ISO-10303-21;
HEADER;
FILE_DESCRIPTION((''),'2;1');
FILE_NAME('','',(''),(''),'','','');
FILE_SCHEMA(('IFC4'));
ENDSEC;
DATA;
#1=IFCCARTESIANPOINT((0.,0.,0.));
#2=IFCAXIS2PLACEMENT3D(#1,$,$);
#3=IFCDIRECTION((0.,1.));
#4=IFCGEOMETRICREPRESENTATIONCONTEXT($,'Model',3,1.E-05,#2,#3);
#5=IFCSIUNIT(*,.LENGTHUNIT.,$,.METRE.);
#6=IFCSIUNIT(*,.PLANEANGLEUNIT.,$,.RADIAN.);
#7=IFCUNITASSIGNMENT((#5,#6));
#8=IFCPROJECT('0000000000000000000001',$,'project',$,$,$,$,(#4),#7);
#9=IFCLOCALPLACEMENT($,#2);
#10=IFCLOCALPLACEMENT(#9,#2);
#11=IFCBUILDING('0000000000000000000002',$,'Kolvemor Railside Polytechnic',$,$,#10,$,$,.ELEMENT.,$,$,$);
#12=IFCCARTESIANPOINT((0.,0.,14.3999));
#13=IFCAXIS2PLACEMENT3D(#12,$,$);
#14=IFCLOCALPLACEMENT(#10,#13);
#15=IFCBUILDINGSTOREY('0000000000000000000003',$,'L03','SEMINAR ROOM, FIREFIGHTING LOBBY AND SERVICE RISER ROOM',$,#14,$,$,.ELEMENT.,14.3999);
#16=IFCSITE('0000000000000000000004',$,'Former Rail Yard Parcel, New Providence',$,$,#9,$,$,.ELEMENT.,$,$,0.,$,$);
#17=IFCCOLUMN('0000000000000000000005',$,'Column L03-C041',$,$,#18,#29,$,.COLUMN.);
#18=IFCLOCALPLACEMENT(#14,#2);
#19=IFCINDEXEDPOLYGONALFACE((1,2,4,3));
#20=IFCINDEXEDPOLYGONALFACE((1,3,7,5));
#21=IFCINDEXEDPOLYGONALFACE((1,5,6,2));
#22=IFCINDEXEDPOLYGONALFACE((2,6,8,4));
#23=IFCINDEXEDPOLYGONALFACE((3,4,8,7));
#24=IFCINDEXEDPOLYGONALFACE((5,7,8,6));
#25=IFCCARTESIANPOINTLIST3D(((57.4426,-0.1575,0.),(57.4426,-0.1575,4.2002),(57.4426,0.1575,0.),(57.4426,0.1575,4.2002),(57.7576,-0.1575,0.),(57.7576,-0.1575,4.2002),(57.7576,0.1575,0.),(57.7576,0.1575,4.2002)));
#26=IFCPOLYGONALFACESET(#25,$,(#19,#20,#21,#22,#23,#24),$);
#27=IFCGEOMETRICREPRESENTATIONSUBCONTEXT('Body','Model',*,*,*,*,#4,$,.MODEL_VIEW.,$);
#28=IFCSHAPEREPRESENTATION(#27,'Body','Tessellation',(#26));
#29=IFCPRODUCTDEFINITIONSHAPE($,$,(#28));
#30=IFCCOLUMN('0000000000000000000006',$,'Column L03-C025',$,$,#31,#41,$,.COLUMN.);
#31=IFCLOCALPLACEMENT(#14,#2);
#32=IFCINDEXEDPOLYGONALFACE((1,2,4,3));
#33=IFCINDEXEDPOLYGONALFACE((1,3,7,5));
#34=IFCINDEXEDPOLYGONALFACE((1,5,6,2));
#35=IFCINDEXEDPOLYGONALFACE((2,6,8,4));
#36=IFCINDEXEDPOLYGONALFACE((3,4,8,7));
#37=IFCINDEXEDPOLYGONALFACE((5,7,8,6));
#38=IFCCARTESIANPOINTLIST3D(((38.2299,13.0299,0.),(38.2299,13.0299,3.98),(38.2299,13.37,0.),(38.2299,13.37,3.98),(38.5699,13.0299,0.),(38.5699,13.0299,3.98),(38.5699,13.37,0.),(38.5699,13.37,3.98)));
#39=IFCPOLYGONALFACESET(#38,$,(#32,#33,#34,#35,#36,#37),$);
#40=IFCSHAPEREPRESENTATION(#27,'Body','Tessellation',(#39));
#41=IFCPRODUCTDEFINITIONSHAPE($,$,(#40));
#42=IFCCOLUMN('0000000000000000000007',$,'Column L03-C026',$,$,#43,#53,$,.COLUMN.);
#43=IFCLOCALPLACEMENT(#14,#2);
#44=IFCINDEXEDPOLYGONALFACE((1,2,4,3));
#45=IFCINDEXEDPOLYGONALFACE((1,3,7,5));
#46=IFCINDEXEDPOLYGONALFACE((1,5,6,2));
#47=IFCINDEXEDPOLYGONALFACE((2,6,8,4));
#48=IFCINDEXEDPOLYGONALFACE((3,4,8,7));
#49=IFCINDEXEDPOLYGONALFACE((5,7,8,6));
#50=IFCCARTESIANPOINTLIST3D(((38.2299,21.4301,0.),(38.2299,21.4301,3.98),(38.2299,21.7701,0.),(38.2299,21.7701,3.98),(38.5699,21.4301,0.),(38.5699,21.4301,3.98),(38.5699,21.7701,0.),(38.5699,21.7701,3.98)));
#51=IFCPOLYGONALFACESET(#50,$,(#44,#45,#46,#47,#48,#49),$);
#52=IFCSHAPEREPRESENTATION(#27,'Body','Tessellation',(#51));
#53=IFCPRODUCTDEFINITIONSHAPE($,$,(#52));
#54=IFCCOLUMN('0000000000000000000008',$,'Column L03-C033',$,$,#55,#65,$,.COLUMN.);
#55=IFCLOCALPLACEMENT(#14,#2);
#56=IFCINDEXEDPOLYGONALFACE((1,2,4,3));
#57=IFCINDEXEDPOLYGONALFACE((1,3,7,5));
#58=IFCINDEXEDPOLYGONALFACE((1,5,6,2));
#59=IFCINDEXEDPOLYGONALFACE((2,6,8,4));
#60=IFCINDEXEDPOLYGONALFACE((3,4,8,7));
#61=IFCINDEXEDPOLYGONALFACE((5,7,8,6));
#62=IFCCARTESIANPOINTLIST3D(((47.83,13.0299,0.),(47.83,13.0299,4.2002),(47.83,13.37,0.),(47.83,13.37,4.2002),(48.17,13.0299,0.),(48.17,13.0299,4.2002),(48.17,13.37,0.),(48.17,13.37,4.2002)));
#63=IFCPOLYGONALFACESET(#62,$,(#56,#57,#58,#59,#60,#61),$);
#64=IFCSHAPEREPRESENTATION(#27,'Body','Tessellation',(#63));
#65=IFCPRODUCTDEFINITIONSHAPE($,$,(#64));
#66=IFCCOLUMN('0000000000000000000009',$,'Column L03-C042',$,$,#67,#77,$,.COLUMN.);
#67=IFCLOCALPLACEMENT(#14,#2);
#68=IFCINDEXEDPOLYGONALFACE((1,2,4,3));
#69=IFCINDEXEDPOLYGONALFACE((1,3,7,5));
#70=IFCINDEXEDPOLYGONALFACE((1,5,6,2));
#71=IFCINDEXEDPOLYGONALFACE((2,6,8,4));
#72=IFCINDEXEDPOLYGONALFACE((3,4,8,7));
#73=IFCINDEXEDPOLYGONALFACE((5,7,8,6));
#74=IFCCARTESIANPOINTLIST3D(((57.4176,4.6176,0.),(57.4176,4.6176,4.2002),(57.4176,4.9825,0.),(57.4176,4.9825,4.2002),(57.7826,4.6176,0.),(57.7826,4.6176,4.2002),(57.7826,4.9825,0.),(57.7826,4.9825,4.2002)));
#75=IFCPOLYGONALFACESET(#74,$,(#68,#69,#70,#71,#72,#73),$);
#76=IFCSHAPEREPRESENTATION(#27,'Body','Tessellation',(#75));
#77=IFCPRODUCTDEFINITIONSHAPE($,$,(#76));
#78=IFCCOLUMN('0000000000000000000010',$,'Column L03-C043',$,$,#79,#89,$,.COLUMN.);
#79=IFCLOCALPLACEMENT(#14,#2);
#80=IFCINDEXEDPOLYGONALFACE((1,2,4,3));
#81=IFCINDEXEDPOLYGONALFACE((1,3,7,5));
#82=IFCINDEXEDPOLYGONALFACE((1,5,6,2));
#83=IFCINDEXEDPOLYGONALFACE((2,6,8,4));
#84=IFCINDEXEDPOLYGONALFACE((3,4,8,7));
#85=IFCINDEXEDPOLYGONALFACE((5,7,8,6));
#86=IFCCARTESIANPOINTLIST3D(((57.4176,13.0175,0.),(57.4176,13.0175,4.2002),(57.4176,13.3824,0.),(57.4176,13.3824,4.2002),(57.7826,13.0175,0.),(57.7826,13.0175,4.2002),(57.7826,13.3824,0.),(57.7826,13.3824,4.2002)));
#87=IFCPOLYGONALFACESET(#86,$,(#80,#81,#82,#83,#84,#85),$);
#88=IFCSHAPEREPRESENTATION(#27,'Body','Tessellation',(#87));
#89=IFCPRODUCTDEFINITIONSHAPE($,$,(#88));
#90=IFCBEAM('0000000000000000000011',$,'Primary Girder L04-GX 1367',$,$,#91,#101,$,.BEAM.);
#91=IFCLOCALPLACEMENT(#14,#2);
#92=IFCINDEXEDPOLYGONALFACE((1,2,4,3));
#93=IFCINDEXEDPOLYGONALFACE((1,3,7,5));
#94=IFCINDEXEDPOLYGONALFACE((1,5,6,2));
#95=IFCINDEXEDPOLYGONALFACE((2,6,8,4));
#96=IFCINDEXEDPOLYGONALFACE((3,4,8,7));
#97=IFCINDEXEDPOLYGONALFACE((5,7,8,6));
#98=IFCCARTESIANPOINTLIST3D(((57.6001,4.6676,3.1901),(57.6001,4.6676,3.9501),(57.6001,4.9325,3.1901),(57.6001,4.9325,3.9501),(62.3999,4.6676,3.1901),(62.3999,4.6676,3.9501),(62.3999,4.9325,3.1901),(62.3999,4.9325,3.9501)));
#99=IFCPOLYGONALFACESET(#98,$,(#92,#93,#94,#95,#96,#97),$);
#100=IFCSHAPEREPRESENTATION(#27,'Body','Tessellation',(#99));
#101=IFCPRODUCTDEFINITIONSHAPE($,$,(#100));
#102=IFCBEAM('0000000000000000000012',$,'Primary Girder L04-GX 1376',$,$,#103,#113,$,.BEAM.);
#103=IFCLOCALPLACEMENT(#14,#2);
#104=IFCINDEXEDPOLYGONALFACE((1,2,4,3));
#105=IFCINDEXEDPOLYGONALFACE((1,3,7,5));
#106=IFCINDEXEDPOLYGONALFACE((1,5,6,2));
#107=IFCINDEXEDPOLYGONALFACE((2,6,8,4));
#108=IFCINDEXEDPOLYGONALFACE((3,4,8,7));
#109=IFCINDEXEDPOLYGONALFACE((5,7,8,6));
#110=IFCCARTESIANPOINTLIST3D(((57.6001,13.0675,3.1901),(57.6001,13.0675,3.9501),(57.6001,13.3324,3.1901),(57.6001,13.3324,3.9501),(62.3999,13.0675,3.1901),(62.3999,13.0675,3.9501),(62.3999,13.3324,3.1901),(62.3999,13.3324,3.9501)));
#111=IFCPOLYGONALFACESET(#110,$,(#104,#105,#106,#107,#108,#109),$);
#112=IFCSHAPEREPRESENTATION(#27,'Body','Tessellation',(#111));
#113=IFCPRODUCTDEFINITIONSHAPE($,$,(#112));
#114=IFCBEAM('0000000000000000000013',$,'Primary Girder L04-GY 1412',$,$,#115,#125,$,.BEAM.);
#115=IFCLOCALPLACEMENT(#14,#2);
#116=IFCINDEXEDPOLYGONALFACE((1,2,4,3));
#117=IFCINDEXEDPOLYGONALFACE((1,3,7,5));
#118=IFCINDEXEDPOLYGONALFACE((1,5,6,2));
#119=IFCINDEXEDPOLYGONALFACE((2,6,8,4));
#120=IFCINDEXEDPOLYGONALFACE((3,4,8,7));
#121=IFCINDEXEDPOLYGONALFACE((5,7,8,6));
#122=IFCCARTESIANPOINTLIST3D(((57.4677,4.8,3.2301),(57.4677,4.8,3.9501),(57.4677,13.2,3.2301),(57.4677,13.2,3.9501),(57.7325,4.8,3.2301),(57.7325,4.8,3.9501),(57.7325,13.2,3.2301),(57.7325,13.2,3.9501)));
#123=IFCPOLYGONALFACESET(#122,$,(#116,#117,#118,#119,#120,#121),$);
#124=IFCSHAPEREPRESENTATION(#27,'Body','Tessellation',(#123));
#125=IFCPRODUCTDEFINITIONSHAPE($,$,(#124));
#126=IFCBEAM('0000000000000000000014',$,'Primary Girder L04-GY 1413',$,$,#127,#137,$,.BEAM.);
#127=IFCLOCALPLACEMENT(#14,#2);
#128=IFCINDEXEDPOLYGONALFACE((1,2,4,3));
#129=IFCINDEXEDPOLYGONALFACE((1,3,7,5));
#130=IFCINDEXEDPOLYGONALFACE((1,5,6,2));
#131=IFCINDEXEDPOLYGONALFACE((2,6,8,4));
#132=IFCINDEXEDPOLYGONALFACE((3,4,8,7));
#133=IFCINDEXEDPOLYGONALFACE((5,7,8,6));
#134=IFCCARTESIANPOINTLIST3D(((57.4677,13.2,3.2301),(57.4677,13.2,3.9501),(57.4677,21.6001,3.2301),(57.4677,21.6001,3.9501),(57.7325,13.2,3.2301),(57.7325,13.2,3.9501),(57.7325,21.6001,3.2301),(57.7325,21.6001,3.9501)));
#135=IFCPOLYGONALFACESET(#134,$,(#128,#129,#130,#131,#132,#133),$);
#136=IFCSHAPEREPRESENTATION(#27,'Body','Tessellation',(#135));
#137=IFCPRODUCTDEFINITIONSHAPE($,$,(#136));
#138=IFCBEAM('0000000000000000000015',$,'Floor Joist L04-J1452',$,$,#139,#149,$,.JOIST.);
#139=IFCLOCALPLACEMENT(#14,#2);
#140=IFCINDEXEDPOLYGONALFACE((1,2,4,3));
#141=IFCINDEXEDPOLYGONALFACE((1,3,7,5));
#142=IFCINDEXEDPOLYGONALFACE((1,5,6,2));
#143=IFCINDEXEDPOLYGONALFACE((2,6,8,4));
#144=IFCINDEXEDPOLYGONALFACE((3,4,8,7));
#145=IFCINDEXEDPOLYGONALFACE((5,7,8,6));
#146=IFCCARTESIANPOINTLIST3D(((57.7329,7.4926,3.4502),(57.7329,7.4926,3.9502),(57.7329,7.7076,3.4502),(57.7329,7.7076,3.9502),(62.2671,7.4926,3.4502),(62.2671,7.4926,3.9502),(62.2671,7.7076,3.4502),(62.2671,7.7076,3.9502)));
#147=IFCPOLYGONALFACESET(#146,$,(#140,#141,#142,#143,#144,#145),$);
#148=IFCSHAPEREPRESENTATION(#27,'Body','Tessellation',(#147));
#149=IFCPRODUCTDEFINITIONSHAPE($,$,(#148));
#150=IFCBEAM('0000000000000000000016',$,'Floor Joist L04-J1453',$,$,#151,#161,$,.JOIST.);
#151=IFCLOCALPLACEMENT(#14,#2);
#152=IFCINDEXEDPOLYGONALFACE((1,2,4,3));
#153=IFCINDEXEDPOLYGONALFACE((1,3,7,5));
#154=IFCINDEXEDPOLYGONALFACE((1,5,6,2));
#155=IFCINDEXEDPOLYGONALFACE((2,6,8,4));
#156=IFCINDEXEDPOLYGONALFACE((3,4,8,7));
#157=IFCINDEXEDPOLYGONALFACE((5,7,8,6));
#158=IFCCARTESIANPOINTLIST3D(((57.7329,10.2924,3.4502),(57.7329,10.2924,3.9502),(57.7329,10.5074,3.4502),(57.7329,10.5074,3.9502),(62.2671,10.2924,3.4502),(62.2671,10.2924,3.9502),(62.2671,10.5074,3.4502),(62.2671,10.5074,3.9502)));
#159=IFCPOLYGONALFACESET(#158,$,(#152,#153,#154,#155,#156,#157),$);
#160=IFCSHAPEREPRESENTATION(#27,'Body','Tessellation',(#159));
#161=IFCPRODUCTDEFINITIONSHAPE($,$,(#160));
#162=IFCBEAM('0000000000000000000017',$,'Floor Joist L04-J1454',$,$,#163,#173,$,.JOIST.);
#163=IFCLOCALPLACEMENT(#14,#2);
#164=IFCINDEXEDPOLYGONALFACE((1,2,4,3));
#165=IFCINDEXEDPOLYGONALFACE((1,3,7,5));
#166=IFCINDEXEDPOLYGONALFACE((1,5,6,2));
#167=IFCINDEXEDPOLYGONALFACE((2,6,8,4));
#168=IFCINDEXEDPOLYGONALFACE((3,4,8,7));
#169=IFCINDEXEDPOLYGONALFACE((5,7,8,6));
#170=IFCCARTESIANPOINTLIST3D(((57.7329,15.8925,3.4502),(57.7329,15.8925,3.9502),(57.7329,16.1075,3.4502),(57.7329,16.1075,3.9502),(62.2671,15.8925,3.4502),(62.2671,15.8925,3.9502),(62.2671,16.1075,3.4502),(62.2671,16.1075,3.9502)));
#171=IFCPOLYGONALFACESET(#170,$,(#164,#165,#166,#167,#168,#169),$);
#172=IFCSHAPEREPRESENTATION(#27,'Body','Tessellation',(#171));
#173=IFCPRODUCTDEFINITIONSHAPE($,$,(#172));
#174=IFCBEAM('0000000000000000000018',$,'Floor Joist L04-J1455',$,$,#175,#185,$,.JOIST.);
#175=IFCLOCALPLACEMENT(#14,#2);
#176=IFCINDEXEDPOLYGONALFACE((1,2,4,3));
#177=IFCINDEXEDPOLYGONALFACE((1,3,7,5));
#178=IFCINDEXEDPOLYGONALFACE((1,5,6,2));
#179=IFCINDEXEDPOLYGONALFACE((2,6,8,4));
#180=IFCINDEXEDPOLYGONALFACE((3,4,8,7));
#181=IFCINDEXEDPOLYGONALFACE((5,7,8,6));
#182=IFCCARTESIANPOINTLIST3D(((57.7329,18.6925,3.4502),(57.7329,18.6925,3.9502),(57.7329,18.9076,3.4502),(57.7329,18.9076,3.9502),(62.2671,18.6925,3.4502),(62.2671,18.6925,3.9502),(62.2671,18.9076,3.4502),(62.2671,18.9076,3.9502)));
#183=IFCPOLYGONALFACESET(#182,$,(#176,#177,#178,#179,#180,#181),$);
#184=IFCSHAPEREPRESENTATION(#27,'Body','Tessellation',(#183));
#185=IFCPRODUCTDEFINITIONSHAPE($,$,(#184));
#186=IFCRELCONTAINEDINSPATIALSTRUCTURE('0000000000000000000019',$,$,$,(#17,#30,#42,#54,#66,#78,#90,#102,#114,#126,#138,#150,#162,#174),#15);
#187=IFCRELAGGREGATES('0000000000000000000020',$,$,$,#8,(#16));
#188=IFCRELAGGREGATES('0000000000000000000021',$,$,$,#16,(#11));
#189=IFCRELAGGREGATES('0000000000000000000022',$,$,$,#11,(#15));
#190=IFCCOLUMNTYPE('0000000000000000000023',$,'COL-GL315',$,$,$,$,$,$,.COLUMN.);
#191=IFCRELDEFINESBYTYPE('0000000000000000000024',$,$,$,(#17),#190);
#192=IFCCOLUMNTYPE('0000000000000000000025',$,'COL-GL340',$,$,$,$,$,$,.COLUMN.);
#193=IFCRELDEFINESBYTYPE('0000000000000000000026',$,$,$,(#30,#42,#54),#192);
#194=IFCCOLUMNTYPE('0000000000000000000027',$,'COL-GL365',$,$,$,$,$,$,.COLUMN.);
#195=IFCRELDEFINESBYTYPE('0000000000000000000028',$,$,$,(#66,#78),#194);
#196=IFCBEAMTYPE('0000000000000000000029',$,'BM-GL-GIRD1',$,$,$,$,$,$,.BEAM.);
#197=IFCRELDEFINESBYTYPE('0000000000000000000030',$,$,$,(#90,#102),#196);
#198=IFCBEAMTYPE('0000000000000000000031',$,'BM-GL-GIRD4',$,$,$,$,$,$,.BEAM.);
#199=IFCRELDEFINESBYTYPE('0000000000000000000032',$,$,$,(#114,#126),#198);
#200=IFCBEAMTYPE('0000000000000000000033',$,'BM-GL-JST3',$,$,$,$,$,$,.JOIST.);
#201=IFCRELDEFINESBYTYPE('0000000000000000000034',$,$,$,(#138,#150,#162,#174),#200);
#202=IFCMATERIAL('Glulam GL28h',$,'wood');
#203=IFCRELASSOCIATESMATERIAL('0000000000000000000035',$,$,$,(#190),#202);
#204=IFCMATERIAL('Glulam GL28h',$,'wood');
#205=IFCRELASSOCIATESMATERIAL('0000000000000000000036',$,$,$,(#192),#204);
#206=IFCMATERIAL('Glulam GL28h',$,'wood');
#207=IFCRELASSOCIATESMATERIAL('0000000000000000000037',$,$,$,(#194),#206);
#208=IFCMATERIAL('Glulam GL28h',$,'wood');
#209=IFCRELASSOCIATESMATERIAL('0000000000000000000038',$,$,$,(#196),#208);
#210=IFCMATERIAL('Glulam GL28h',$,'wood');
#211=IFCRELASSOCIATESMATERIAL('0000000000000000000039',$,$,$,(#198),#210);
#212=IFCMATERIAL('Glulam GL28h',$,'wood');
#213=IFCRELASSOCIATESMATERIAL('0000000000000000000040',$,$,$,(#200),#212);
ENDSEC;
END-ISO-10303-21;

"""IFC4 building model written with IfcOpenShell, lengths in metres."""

from ifc_helpers import new_model, si_unit, direction, frame, origin, origin_2d, place, context, subcontext, project, spatial, rectangle, extrude, material, material_profile, profile_set, type_object, element, save


model = new_model("IFC4")

# Units and contexts
model_context = context("Model", 3, precision=1e-05, world=origin(), true_north=direction((0.0, 1.0)))
body_context = subcontext(model_context, "Body", "Model", "MODEL_VIEW")
ifc_project = project(units=[si_unit("LENGTHUNIT", "METRE"), si_unit("PLANEANGLEUNIT", "RADIAN")], contexts=[model_context])

# Site, building, storey
site_placement = place(None, origin())
site = spatial("IfcSite", under=ifc_project, at=site_placement, Name="Former Rail Yard Parcel, New Providence", CompositionType="ELEMENT", RefElevation=0.0)
building_placement = place(site_placement, origin())
building = spatial("IfcBuilding", under=site, at=building_placement, Name="Kolvemor Railside Polytechnic", CompositionType="ELEMENT")
storey_placement = place(building_placement, frame((0.0, 0.0, 14.3999)))
storey = spatial("IfcBuildingStorey", under=building, at=storey_placement, Name="L03", Description="SEMINAR ROOM, FIREFIGHTING LOBBY AND SERVICE RISER ROOM", CompositionType="ELEMENT", Elevation=14.3999)

# Columns
ifc_material_1 = material(Name="Glulam GL28h", Category="wood")
ifc_material_profile_1 = material_profile(ifc_material_1, rectangle(XDim=0.3149, YDim=0.3149, at=origin_2d()), Name="GL315x315")
ifc_profile_set_1 = profile_set([ifc_material_profile_1], Name="Glulam GL28h")
column_type_1 = type_object("IfcColumnType", Name="COL-GL315", PredefinedType="COLUMN", material=ifc_profile_set_1)
column_1_placement = place(storey_placement, frame((57.6001, 0.0, 0.0), z_axis=(0.0, 0.0, 1.0), x_axis=(1.0, 0.0, 0.0)))
element("IfcColumn", 1, at=column_1_placement, inside=storey, type_object=column_type_1, Name="Column L03-C041", PredefinedType="COLUMN", context=body_context, shape_type="SweptSolid", body=[
    extrude(rectangle(XDim=0.3149, YDim=0.3149, at=origin_2d()), origin(), (0.0, 0.0, 1.0), 4.2002),
])
ifc_material_2 = material(Name="Glulam GL28h", Category="wood")
ifc_material_profile_2 = material_profile(ifc_material_2, rectangle(XDim=0.3401, YDim=0.3401, at=origin_2d()), Name="GL340x340")
ifc_profile_set_2 = profile_set([ifc_material_profile_2], Name="Glulam GL28h")
column_type_2 = type_object("IfcColumnType", Name="COL-GL340", PredefinedType="COLUMN", material=ifc_profile_set_2)
for number, where, z_axis, x_axis, name in (
    (2, (38.3999, 13.2, 0.0), (0.0, 0.0, 1.0), (1.0, 0.0, 0.0), "Column L03-C025"),
    (3, (38.3999, 21.6001, 0.0), (0.0, 0.0, 1.0), (1.0, 0.0, 0.0), "Column L03-C026"),
):
    element("IfcColumn", number, at=place(storey_placement, frame(where, z_axis=z_axis, x_axis=x_axis)), inside=storey, type_object=column_type_2, Name=name, PredefinedType="COLUMN", context=body_context, shape_type="SweptSolid", body=[
        extrude(rectangle(XDim=0.3401, YDim=0.3401, at=origin_2d()), origin(), (0.0, 0.0, 1.0), 3.98),
    ])
column_2_placement = place(storey_placement, frame((48.0, 13.2, 0.0), z_axis=(0.0, 0.0, 1.0), x_axis=(1.0, 0.0, 0.0)))
element("IfcColumn", 4, at=column_2_placement, inside=storey, type_object=column_type_2, Name="Column L03-C033", PredefinedType="COLUMN", context=body_context, shape_type="SweptSolid", body=[
    extrude(rectangle(XDim=0.3401, YDim=0.3401, at=origin_2d()), origin(), (0.0, 0.0, 1.0), 4.2002),
])
ifc_material_3 = material(Name="Glulam GL28h", Category="wood")
ifc_material_profile_3 = material_profile(ifc_material_3, rectangle(XDim=0.365, YDim=0.365, at=origin_2d()), Name="GL365x365")
ifc_profile_set_3 = profile_set([ifc_material_profile_3], Name="Glulam GL28h")
column_type_3 = type_object("IfcColumnType", Name="COL-GL365", PredefinedType="COLUMN", material=ifc_profile_set_3)
for number, where, z_axis, x_axis, name in (
    (5, (57.6001, 4.8, 0.0), (0.0, 0.0, 1.0), (1.0, 0.0, 0.0), "Column L03-C042"),
    (6, (57.6001, 13.2, 0.0), (0.0, 0.0, 1.0), (1.0, 0.0, 0.0), "Column L03-C043"),
):
    element("IfcColumn", number, at=place(storey_placement, frame(where, z_axis=z_axis, x_axis=x_axis)), inside=storey, type_object=column_type_3, Name=name, PredefinedType="COLUMN", context=body_context, shape_type="SweptSolid", body=[
        extrude(rectangle(XDim=0.365, YDim=0.365, at=origin_2d()), origin(), (0.0, 0.0, 1.0), 4.2002),
    ])

# Beams
ifc_material_4 = material(Name="Glulam GL28h", Category="wood")
ifc_material_profile_4 = material_profile(ifc_material_4, rectangle(XDim=0.2649, YDim=0.76, at=origin_2d()), Name="GL265x760")
ifc_profile_set_4 = profile_set([ifc_material_profile_4], Name="Glulam GL28h")
beam_type_1 = type_object("IfcBeamType", Name="BM-GL-GIRD1", PredefinedType="BEAM", material=ifc_profile_set_4)
for number, where, z_axis, x_axis, name in (
    (7, (57.6001, 4.8, 3.5701), (1.0, 0.0, 0.0), (0.0, 1.0, 0.0), "Primary Girder L04-GX 1367"),
    (8, (57.6001, 13.2, 3.5701), (1.0, 0.0, 0.0), (0.0, 1.0, 0.0), "Primary Girder L04-GX 1376"),
):
    element("IfcBeam", number, at=place(storey_placement, frame(where, z_axis=z_axis, x_axis=x_axis)), inside=storey, type_object=beam_type_1, Name=name, PredefinedType="BEAM", context=body_context, shape_type="SweptSolid", body=[
        extrude(rectangle(XDim=0.2649, YDim=0.76, at=origin_2d()), origin(), (0.0, 0.0, 1.0), 4.7998),
    ])
ifc_material_5 = material(Name="Glulam GL28h", Category="wood")
ifc_material_profile_5 = material_profile(ifc_material_5, rectangle(XDim=0.2649, YDim=0.72, at=origin_2d()), Name="GL265x720")
ifc_profile_set_5 = profile_set([ifc_material_profile_5], Name="Glulam GL28h")
beam_type_2 = type_object("IfcBeamType", Name="BM-GL-GIRD4", PredefinedType="BEAM", material=ifc_profile_set_5)
beam_1_placement = place(storey_placement, frame((57.6001, 4.8, 3.5901), z_axis=(0.0, 1.0, 0.0), x_axis=(-1.0, 0.0, 0.0)))
element("IfcBeam", 9, at=beam_1_placement, inside=storey, type_object=beam_type_2, Name="Primary Girder L04-GY 1412", PredefinedType="BEAM", context=body_context, shape_type="SweptSolid", body=[
    extrude(rectangle(XDim=0.2649, YDim=0.72, at=origin_2d()), origin(), (0.0, 0.0, 1.0), 8.3999),
])
beam_2_placement = place(storey_placement, frame((57.6001, 13.2, 3.5901), z_axis=(0.0, 1.0, 0.0), x_axis=(-1.0, 0.0, 0.0)))
element("IfcBeam", 10, at=beam_2_placement, inside=storey, type_object=beam_type_2, Name="Primary Girder L04-GY 1413", PredefinedType="BEAM", context=body_context, shape_type="SweptSolid", body=[
    extrude(rectangle(XDim=0.2649, YDim=0.72, at=origin_2d()), origin(), (0.0, 0.0, 1.0), 8.4001),
])
ifc_material_6 = material(Name="Glulam GL28h", Category="wood")
ifc_material_profile_6 = material_profile(ifc_material_6, rectangle(XDim=0.2151, YDim=0.5, at=origin_2d()), Name="GL215x500")
ifc_profile_set_6 = profile_set([ifc_material_profile_6], Name="Glulam GL28h")
beam_type_3 = type_object("IfcBeamType", Name="BM-GL-JST3", PredefinedType="JOIST", material=ifc_profile_set_6)
for number, where, z_axis, x_axis, name in (
    (11, (57.7329, 7.6001, 3.7002), (1.0, 0.0, 0.0), (0.0, 1.0, 0.0), "Floor Joist L04-J1452"),
    (12, (57.7329, 10.3999, 3.7002), (1.0, 0.0, 0.0), (0.0, 1.0, 0.0), "Floor Joist L04-J1453"),
    (13, (57.7329, 16.0, 3.7002), (1.0, 0.0, 0.0), (0.0, 1.0, 0.0), "Floor Joist L04-J1454"),
    (14, (57.7329, 18.8, 3.7002), (1.0, 0.0, 0.0), (0.0, 1.0, 0.0), "Floor Joist L04-J1455"),
):
    element("IfcBeam", number, at=place(storey_placement, frame(where, z_axis=z_axis, x_axis=x_axis)), inside=storey, type_object=beam_type_3, Name=name, PredefinedType="JOIST", context=body_context, shape_type="SweptSolid", body=[
        extrude(rectangle(XDim=0.2151, YDim=0.5, at=origin_2d()), origin(), (0.0, 0.0, 1.0), 4.5342),
    ])

save(model, "model.ifc")
